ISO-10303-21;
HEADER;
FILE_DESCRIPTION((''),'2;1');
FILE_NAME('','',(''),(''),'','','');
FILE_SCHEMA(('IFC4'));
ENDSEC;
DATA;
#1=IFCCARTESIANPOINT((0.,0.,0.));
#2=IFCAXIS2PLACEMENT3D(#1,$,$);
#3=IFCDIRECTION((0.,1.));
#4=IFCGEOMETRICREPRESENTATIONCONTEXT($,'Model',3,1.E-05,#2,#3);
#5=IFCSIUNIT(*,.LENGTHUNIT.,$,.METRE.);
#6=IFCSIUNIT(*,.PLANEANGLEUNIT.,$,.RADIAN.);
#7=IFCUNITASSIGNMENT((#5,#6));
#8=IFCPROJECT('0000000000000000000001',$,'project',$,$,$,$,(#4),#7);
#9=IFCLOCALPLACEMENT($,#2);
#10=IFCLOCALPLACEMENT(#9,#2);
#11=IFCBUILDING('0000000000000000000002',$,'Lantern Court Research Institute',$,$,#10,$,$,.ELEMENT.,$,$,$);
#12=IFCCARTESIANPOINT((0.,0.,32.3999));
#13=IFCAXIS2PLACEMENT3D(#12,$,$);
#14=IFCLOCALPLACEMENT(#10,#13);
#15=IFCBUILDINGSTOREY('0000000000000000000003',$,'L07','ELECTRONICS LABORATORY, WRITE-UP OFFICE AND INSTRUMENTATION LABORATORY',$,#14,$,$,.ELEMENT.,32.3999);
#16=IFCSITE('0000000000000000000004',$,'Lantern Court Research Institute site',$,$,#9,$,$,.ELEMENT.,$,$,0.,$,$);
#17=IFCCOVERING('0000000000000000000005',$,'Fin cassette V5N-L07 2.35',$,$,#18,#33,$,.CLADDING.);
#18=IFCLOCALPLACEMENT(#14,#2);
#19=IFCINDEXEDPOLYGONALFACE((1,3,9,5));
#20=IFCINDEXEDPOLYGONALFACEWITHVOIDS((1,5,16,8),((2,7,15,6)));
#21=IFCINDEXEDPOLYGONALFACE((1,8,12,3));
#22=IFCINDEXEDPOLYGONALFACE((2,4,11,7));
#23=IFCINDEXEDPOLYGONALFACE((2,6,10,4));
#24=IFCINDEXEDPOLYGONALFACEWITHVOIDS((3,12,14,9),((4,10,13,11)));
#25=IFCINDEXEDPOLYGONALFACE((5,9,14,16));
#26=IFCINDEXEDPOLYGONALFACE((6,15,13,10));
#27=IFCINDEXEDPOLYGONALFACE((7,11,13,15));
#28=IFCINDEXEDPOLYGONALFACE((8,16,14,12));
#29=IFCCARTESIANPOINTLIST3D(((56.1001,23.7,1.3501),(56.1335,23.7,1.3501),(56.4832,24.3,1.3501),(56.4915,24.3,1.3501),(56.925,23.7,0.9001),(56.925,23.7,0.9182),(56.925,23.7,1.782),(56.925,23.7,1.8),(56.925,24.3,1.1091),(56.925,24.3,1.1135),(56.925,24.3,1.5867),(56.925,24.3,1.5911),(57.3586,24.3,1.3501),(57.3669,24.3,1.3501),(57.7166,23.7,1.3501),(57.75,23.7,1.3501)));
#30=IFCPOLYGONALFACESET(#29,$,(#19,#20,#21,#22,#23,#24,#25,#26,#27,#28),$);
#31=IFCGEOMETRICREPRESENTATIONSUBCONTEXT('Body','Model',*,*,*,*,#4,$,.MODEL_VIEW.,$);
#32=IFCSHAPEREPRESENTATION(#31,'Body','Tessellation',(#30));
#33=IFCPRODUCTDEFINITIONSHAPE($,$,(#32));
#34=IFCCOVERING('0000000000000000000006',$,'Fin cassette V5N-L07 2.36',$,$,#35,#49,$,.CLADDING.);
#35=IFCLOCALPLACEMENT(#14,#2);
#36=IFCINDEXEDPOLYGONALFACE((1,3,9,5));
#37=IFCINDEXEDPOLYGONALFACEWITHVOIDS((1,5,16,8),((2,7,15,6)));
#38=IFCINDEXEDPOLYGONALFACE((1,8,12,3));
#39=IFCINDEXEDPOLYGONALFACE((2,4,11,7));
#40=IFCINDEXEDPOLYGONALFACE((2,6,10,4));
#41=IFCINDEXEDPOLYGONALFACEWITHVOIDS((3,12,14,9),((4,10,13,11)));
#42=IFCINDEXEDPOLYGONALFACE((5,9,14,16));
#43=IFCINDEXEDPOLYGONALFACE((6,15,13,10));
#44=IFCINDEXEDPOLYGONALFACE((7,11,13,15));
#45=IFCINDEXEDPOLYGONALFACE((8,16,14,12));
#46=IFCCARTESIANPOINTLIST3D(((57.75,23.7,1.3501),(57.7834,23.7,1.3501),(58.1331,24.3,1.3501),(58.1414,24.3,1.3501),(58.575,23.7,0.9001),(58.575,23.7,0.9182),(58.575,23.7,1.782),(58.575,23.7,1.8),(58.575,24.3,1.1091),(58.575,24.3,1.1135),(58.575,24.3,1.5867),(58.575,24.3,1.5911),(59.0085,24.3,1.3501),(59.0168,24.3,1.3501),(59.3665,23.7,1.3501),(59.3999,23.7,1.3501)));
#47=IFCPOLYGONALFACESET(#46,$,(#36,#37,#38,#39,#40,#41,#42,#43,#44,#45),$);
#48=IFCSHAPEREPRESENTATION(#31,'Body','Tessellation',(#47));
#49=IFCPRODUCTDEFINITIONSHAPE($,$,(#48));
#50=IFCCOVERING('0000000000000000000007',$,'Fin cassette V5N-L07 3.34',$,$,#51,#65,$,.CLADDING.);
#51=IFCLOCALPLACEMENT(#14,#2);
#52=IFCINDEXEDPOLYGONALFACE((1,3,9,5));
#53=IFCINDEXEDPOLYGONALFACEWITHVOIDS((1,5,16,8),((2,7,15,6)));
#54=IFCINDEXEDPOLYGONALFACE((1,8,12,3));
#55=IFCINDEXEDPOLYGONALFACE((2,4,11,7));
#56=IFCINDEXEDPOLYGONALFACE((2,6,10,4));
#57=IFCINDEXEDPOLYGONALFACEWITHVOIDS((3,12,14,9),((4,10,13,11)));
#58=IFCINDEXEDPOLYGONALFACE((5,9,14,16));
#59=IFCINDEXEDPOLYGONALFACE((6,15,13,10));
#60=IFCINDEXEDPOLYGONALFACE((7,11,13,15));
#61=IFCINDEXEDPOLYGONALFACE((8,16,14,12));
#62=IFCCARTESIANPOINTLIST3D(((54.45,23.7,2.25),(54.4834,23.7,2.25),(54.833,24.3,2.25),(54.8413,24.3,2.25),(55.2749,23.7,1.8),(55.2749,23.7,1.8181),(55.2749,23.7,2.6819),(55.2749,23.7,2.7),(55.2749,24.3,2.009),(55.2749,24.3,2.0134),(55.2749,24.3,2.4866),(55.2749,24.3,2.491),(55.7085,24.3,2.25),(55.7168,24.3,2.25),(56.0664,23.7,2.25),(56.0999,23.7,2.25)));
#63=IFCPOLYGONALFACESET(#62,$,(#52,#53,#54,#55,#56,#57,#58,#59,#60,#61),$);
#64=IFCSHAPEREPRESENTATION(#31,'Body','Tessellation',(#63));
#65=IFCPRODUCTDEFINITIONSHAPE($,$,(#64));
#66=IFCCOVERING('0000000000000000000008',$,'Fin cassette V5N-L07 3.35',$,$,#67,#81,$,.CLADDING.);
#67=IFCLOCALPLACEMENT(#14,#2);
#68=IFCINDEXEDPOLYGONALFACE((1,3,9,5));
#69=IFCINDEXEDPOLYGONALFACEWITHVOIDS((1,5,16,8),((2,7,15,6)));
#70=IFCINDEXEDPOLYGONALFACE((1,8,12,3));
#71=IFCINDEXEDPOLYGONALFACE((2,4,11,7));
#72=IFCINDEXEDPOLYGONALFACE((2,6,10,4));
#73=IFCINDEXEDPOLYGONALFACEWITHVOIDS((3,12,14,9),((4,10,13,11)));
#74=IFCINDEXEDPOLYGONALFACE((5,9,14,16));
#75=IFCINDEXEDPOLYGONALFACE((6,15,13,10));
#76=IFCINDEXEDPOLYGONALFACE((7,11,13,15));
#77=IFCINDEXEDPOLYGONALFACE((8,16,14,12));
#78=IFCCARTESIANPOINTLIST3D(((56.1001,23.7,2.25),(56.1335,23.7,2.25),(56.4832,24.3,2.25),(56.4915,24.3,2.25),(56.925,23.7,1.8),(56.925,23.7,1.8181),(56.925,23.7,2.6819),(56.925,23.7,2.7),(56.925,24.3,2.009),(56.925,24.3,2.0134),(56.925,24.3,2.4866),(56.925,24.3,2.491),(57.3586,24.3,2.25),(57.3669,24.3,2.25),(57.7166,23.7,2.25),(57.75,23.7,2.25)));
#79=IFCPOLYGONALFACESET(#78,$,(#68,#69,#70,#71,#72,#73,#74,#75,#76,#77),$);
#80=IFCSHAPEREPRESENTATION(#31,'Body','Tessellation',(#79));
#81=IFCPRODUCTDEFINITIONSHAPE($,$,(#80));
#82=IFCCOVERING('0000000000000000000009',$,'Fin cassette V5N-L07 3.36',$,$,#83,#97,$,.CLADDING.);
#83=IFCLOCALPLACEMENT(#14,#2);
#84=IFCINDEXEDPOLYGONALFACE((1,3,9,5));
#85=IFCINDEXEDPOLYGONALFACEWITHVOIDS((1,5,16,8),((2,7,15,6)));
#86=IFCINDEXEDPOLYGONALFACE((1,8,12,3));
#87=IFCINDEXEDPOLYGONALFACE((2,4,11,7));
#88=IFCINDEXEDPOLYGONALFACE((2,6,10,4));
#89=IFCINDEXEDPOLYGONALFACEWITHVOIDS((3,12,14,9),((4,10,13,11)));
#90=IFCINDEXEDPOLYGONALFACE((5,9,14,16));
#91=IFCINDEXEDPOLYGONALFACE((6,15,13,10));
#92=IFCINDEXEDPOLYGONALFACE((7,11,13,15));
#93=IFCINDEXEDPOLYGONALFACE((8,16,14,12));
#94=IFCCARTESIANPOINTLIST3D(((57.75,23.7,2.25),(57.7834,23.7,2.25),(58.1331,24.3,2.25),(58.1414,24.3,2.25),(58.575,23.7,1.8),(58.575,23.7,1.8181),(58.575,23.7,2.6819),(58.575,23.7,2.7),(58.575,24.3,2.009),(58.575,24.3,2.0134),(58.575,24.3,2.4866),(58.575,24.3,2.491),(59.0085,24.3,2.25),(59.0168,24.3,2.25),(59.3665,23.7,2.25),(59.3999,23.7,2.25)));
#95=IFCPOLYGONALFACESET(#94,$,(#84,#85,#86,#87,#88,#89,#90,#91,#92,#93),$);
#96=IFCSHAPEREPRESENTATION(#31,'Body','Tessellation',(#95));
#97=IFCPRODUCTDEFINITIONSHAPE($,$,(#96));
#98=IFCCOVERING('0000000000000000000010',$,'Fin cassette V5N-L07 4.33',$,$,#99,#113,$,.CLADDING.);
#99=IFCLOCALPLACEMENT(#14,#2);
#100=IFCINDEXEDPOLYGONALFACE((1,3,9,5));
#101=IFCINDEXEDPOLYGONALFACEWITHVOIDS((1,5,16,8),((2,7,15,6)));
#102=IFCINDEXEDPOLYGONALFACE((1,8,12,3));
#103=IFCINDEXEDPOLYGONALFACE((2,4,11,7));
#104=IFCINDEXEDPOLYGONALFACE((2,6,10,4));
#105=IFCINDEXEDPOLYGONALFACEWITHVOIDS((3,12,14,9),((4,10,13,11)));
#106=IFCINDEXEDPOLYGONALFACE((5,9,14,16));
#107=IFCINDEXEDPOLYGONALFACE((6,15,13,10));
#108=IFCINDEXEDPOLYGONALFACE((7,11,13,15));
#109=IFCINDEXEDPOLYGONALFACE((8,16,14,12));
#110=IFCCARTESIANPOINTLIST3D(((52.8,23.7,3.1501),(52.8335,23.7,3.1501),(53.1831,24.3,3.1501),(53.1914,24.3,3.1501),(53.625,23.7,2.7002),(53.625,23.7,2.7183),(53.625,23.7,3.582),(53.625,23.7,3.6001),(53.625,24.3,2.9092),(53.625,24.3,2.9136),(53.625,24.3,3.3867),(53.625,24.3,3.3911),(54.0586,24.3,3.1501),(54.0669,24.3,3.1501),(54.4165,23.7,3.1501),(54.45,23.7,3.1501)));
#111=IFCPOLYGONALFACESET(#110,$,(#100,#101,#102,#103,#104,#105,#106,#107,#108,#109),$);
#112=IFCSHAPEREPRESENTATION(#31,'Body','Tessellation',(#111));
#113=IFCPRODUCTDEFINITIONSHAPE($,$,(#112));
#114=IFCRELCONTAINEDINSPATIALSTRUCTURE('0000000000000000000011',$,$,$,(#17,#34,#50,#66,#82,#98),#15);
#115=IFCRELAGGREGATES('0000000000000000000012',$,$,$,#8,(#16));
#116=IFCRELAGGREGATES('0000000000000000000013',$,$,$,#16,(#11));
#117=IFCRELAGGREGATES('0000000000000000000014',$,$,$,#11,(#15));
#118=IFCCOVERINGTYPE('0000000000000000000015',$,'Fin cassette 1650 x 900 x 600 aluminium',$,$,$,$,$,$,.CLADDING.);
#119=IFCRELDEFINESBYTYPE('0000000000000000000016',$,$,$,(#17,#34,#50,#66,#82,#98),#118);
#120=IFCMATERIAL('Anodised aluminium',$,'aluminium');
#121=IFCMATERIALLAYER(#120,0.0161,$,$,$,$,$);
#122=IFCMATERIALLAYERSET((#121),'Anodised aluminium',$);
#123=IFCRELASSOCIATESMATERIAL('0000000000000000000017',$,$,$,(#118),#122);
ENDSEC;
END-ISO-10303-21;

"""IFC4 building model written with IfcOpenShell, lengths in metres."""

from ifc_helpers import new_model, entity, si_unit, direction, frame, origin, place, context, subcontext, project, spatial, material, layer, layer_set, type_object, element, save


model = new_model("IFC4")

# Units and contexts
model_context = context("Model", 3, precision=1e-05, world=origin(), true_north=direction((0.0, 1.0)))
body_context = subcontext(model_context, "Body", "Model", "MODEL_VIEW")
ifc_project = project(units=[si_unit("LENGTHUNIT", "METRE"), si_unit("PLANEANGLEUNIT", "RADIAN")], contexts=[model_context])

# Site, building, storey
site_placement = place(None, origin())
site = spatial("IfcSite", under=ifc_project, at=site_placement, Name="Lantern Court Research Institute site", CompositionType="ELEMENT", RefElevation=0.0)
building_placement = place(site_placement, origin())
building = spatial("IfcBuilding", under=site, at=building_placement, Name="Lantern Court Research Institute", CompositionType="ELEMENT")
storey_placement = place(building_placement, frame((0.0, 0.0, 32.3999)))
storey = spatial("IfcBuildingStorey", under=building, at=storey_placement, Name="L07", Description="ELECTRONICS LABORATORY, WRITE-UP OFFICE AND INSTRUMENTATION LABORATORY", CompositionType="ELEMENT", Elevation=32.3999)

# Coverings
ifc_material_1 = material(Name="Anodised aluminium", Category="aluminium")
ifc_layer_1 = layer(ifc_material_1, 0.0161)
ifc_layer_set_1 = layer_set([ifc_layer_1], Name="Anodised aluminium")
covering_type = type_object("IfcCoveringType", Name="Fin cassette 1650 x 900 x 600 aluminium", PredefinedType="CLADDING", material=ifc_layer_set_1)
covering_1_placement = place(storey_placement, frame((56.925, 23.7, 1.3501), z_axis=(0.0, 1.0, 0.0), x_axis=(-1.0, 0.0, 0.0)))
cartesian_point_1 = entity("IfcCartesianPoint", [0.825, 0.0])
cartesian_point_2 = entity("IfcCartesianPoint", [0.7915, 0.0])
cartesian_point_3 = entity("IfcCartesianPoint", [0.4419, 0.0])
cartesian_point_4 = entity("IfcCartesianPoint", [0.4336, 0.0])
element("IfcCovering", 1, at=covering_1_placement, inside=storey, type_object=covering_type, Name="Fin cassette V5N-L07 2.35", PredefinedType="CLADDING", context=body_context, shape_type="SweptSolid", body=[
    entity("IfcExtrudedAreaSolidTapered", entity("IfcArbitraryProfileDefWithVoids", "AREA", None, entity("IfcPolyline", [cartesian_point_1, entity("IfcCartesianPoint", [0.0, 0.45]), entity("IfcCartesianPoint", [-0.825, 0.0]), entity("IfcCartesianPoint", [0.0, -0.45]), cartesian_point_1]), [entity("IfcPolyline", [cartesian_point_2, entity("IfcCartesianPoint", [0.0, 0.4319]), entity("IfcCartesianPoint", [-0.7915, 0.0]), entity("IfcCartesianPoint", [0.0, -0.4319]), cartesian_point_2])]), entity("IfcAxis2Placement3D", entity("IfcCartesianPoint", [0.0, 0.0, 0.0])), entity("IfcDirection", [0.0, 0.0, 1.0]), 0.6001, entity("IfcArbitraryProfileDefWithVoids", "AREA", None, entity("IfcPolyline", [cartesian_point_3, entity("IfcCartesianPoint", [0.0, 0.241]), entity("IfcCartesianPoint", [-0.4419, 0.0]), entity("IfcCartesianPoint", [0.0, -0.241]), cartesian_point_3]), [entity("IfcPolyline", [cartesian_point_4, entity("IfcCartesianPoint", [0.0, 0.2366]), entity("IfcCartesianPoint", [-0.4336, 0.0]), entity("IfcCartesianPoint", [0.0, -0.2366]), cartesian_point_4])])),
])
covering_2_placement = place(storey_placement, frame((58.575, 23.7, 1.3501), z_axis=(0.0, 1.0, 0.0), x_axis=(-1.0, 0.0, 0.0)))
cartesian_point_5 = entity("IfcCartesianPoint", [0.825, 0.0])
cartesian_point_6 = entity("IfcCartesianPoint", [0.7915, 0.0])
cartesian_point_7 = entity("IfcCartesianPoint", [0.4419, 0.0])
cartesian_point_8 = entity("IfcCartesianPoint", [0.4336, 0.0])
element("IfcCovering", 2, at=covering_2_placement, inside=storey, type_object=covering_type, Name="Fin cassette V5N-L07 2.36", PredefinedType="CLADDING", context=body_context, shape_type="SweptSolid", body=[
    entity("IfcExtrudedAreaSolidTapered", entity("IfcArbitraryProfileDefWithVoids", "AREA", None, entity("IfcPolyline", [cartesian_point_5, entity("IfcCartesianPoint", [0.0, 0.45]), entity("IfcCartesianPoint", [-0.825, 0.0]), entity("IfcCartesianPoint", [0.0, -0.45]), cartesian_point_5]), [entity("IfcPolyline", [cartesian_point_6, entity("IfcCartesianPoint", [0.0, 0.4319]), entity("IfcCartesianPoint", [-0.7915, 0.0]), entity("IfcCartesianPoint", [0.0, -0.4319]), cartesian_point_6])]), entity("IfcAxis2Placement3D", entity("IfcCartesianPoint", [0.0, 0.0, 0.0])), entity("IfcDirection", [0.0, 0.0, 1.0]), 0.6001, entity("IfcArbitraryProfileDefWithVoids", "AREA", None, entity("IfcPolyline", [cartesian_point_7, entity("IfcCartesianPoint", [0.0, 0.241]), entity("IfcCartesianPoint", [-0.4419, 0.0]), entity("IfcCartesianPoint", [0.0, -0.241]), cartesian_point_7]), [entity("IfcPolyline", [cartesian_point_8, entity("IfcCartesianPoint", [0.0, 0.2366]), entity("IfcCartesianPoint", [-0.4336, 0.0]), entity("IfcCartesianPoint", [0.0, -0.2366]), cartesian_point_8])])),
])
covering_3_placement = place(storey_placement, frame((55.2749, 23.7, 2.25), z_axis=(0.0, 1.0, 0.0), x_axis=(-1.0, 0.0, 0.0)))
cartesian_point_9 = entity("IfcCartesianPoint", [0.825, 0.0])
cartesian_point_10 = entity("IfcCartesianPoint", [0.7915, 0.0])
cartesian_point_11 = entity("IfcCartesianPoint", [0.4419, 0.0])
cartesian_point_12 = entity("IfcCartesianPoint", [0.4336, 0.0])
element("IfcCovering", 3, at=covering_3_placement, inside=storey, type_object=covering_type, Name="Fin cassette V5N-L07 3.34", PredefinedType="CLADDING", context=body_context, shape_type="SweptSolid", body=[
    entity("IfcExtrudedAreaSolidTapered", entity("IfcArbitraryProfileDefWithVoids", "AREA", None, entity("IfcPolyline", [cartesian_point_9, entity("IfcCartesianPoint", [0.0, 0.45]), entity("IfcCartesianPoint", [-0.825, 0.0]), entity("IfcCartesianPoint", [0.0, -0.45]), cartesian_point_9]), [entity("IfcPolyline", [cartesian_point_10, entity("IfcCartesianPoint", [0.0, 0.4319]), entity("IfcCartesianPoint", [-0.7915, 0.0]), entity("IfcCartesianPoint", [0.0, -0.4319]), cartesian_point_10])]), entity("IfcAxis2Placement3D", entity("IfcCartesianPoint", [0.0, 0.0, 0.0])), entity("IfcDirection", [0.0, 0.0, 1.0]), 0.6001, entity("IfcArbitraryProfileDefWithVoids", "AREA", None, entity("IfcPolyline", [cartesian_point_11, entity("IfcCartesianPoint", [0.0, 0.241]), entity("IfcCartesianPoint", [-0.4419, 0.0]), entity("IfcCartesianPoint", [0.0, -0.241]), cartesian_point_11]), [entity("IfcPolyline", [cartesian_point_12, entity("IfcCartesianPoint", [0.0, 0.2366]), entity("IfcCartesianPoint", [-0.4336, 0.0]), entity("IfcCartesianPoint", [0.0, -0.2366]), cartesian_point_12])])),
])
covering_4_placement = place(storey_placement, frame((56.925, 23.7, 2.25), z_axis=(0.0, 1.0, 0.0), x_axis=(-1.0, 0.0, 0.0)))
cartesian_point_13 = entity("IfcCartesianPoint", [0.825, 0.0])
cartesian_point_14 = entity("IfcCartesianPoint", [0.7915, 0.0])
cartesian_point_15 = entity("IfcCartesianPoint", [0.4419, 0.0])
cartesian_point_16 = entity("IfcCartesianPoint", [0.4336, 0.0])
element("IfcCovering", 4, at=covering_4_placement, inside=storey, type_object=covering_type, Name="Fin cassette V5N-L07 3.35", PredefinedType="CLADDING", context=body_context, shape_type="SweptSolid", body=[
    entity("IfcExtrudedAreaSolidTapered", entity("IfcArbitraryProfileDefWithVoids", "AREA", None, entity("IfcPolyline", [cartesian_point_13, entity("IfcCartesianPoint", [0.0, 0.45]), entity("IfcCartesianPoint", [-0.825, 0.0]), entity("IfcCartesianPoint", [0.0, -0.45]), cartesian_point_13]), [entity("IfcPolyline", [cartesian_point_14, entity("IfcCartesianPoint", [0.0, 0.4319]), entity("IfcCartesianPoint", [-0.7915, 0.0]), entity("IfcCartesianPoint", [0.0, -0.4319]), cartesian_point_14])]), entity("IfcAxis2Placement3D", entity("IfcCartesianPoint", [0.0, 0.0, 0.0])), entity("IfcDirection", [0.0, 0.0, 1.0]), 0.6001, entity("IfcArbitraryProfileDefWithVoids", "AREA", None, entity("IfcPolyline", [cartesian_point_15, entity("IfcCartesianPoint", [0.0, 0.241]), entity("IfcCartesianPoint", [-0.4419, 0.0]), entity("IfcCartesianPoint", [0.0, -0.241]), cartesian_point_15]), [entity("IfcPolyline", [cartesian_point_16, entity("IfcCartesianPoint", [0.0, 0.2366]), entity("IfcCartesianPoint", [-0.4336, 0.0]), entity("IfcCartesianPoint", [0.0, -0.2366]), cartesian_point_16])])),
])
covering_5_placement = place(storey_placement, frame((58.575, 23.7, 2.25), z_axis=(0.0, 1.0, 0.0), x_axis=(-1.0, 0.0, 0.0)))
cartesian_point_17 = entity("IfcCartesianPoint", [0.825, 0.0])
cartesian_point_18 = entity("IfcCartesianPoint", [0.7915, 0.0])
cartesian_point_19 = entity("IfcCartesianPoint", [0.4419, 0.0])
cartesian_point_20 = entity("IfcCartesianPoint", [0.4336, 0.0])
element("IfcCovering", 5, at=covering_5_placement, inside=storey, type_object=covering_type, Name="Fin cassette V5N-L07 3.36", PredefinedType="CLADDING", context=body_context, shape_type="SweptSolid", body=[
    entity("IfcExtrudedAreaSolidTapered", entity("IfcArbitraryProfileDefWithVoids", "AREA", None, entity("IfcPolyline", [cartesian_point_17, entity("IfcCartesianPoint", [0.0, 0.45]), entity("IfcCartesianPoint", [-0.825, 0.0]), entity("IfcCartesianPoint", [0.0, -0.45]), cartesian_point_17]), [entity("IfcPolyline", [cartesian_point_18, entity("IfcCartesianPoint", [0.0, 0.4319]), entity("IfcCartesianPoint", [-0.7915, 0.0]), entity("IfcCartesianPoint", [0.0, -0.4319]), cartesian_point_18])]), entity("IfcAxis2Placement3D", entity("IfcCartesianPoint", [0.0, 0.0, 0.0])), entity("IfcDirection", [0.0, 0.0, 1.0]), 0.6001, entity("IfcArbitraryProfileDefWithVoids", "AREA", None, entity("IfcPolyline", [cartesian_point_19, entity("IfcCartesianPoint", [0.0, 0.241]), entity("IfcCartesianPoint", [-0.4419, 0.0]), entity("IfcCartesianPoint", [0.0, -0.241]), cartesian_point_19]), [entity("IfcPolyline", [cartesian_point_20, entity("IfcCartesianPoint", [0.0, 0.2366]), entity("IfcCartesianPoint", [-0.4336, 0.0]), entity("IfcCartesianPoint", [0.0, -0.2366]), cartesian_point_20])])),
])
covering_6_placement = place(storey_placement, frame((53.625, 23.7, 3.1501), z_axis=(0.0, 1.0, 0.0), x_axis=(-1.0, 0.0, 0.0)))
cartesian_point_21 = entity("IfcCartesianPoint", [0.825, 0.0])
cartesian_point_22 = entity("IfcCartesianPoint", [0.7915, 0.0])
cartesian_point_23 = entity("IfcCartesianPoint", [0.4419, 0.0])
cartesian_point_24 = entity("IfcCartesianPoint", [0.4336, 0.0])
element("IfcCovering", 6, at=covering_6_placement, inside=storey, type_object=covering_type, Name="Fin cassette V5N-L07 4.33", PredefinedType="CLADDING", context=body_context, shape_type="SweptSolid", body=[
    entity("IfcExtrudedAreaSolidTapered", entity("IfcArbitraryProfileDefWithVoids", "AREA", None, entity("IfcPolyline", [cartesian_point_21, entity("IfcCartesianPoint", [0.0, 0.45]), entity("IfcCartesianPoint", [-0.825, 0.0]), entity("IfcCartesianPoint", [0.0, -0.45]), cartesian_point_21]), [entity("IfcPolyline", [cartesian_point_22, entity("IfcCartesianPoint", [0.0, 0.4319]), entity("IfcCartesianPoint", [-0.7915, 0.0]), entity("IfcCartesianPoint", [0.0, -0.4319]), cartesian_point_22])]), entity("IfcAxis2Placement3D", entity("IfcCartesianPoint", [0.0, 0.0, 0.0])), entity("IfcDirection", [0.0, 0.0, 1.0]), 0.6001, entity("IfcArbitraryProfileDefWithVoids", "AREA", None, entity("IfcPolyline", [cartesian_point_23, entity("IfcCartesianPoint", [0.0, 0.241]), entity("IfcCartesianPoint", [-0.4419, 0.0]), entity("IfcCartesianPoint", [0.0, -0.241]), cartesian_point_23]), [entity("IfcPolyline", [cartesian_point_24, entity("IfcCartesianPoint", [0.0, 0.2366]), entity("IfcCartesianPoint", [-0.4336, 0.0]), entity("IfcCartesianPoint", [0.0, -0.2366]), cartesian_point_24])])),
])

save(model, "model.ifc")
